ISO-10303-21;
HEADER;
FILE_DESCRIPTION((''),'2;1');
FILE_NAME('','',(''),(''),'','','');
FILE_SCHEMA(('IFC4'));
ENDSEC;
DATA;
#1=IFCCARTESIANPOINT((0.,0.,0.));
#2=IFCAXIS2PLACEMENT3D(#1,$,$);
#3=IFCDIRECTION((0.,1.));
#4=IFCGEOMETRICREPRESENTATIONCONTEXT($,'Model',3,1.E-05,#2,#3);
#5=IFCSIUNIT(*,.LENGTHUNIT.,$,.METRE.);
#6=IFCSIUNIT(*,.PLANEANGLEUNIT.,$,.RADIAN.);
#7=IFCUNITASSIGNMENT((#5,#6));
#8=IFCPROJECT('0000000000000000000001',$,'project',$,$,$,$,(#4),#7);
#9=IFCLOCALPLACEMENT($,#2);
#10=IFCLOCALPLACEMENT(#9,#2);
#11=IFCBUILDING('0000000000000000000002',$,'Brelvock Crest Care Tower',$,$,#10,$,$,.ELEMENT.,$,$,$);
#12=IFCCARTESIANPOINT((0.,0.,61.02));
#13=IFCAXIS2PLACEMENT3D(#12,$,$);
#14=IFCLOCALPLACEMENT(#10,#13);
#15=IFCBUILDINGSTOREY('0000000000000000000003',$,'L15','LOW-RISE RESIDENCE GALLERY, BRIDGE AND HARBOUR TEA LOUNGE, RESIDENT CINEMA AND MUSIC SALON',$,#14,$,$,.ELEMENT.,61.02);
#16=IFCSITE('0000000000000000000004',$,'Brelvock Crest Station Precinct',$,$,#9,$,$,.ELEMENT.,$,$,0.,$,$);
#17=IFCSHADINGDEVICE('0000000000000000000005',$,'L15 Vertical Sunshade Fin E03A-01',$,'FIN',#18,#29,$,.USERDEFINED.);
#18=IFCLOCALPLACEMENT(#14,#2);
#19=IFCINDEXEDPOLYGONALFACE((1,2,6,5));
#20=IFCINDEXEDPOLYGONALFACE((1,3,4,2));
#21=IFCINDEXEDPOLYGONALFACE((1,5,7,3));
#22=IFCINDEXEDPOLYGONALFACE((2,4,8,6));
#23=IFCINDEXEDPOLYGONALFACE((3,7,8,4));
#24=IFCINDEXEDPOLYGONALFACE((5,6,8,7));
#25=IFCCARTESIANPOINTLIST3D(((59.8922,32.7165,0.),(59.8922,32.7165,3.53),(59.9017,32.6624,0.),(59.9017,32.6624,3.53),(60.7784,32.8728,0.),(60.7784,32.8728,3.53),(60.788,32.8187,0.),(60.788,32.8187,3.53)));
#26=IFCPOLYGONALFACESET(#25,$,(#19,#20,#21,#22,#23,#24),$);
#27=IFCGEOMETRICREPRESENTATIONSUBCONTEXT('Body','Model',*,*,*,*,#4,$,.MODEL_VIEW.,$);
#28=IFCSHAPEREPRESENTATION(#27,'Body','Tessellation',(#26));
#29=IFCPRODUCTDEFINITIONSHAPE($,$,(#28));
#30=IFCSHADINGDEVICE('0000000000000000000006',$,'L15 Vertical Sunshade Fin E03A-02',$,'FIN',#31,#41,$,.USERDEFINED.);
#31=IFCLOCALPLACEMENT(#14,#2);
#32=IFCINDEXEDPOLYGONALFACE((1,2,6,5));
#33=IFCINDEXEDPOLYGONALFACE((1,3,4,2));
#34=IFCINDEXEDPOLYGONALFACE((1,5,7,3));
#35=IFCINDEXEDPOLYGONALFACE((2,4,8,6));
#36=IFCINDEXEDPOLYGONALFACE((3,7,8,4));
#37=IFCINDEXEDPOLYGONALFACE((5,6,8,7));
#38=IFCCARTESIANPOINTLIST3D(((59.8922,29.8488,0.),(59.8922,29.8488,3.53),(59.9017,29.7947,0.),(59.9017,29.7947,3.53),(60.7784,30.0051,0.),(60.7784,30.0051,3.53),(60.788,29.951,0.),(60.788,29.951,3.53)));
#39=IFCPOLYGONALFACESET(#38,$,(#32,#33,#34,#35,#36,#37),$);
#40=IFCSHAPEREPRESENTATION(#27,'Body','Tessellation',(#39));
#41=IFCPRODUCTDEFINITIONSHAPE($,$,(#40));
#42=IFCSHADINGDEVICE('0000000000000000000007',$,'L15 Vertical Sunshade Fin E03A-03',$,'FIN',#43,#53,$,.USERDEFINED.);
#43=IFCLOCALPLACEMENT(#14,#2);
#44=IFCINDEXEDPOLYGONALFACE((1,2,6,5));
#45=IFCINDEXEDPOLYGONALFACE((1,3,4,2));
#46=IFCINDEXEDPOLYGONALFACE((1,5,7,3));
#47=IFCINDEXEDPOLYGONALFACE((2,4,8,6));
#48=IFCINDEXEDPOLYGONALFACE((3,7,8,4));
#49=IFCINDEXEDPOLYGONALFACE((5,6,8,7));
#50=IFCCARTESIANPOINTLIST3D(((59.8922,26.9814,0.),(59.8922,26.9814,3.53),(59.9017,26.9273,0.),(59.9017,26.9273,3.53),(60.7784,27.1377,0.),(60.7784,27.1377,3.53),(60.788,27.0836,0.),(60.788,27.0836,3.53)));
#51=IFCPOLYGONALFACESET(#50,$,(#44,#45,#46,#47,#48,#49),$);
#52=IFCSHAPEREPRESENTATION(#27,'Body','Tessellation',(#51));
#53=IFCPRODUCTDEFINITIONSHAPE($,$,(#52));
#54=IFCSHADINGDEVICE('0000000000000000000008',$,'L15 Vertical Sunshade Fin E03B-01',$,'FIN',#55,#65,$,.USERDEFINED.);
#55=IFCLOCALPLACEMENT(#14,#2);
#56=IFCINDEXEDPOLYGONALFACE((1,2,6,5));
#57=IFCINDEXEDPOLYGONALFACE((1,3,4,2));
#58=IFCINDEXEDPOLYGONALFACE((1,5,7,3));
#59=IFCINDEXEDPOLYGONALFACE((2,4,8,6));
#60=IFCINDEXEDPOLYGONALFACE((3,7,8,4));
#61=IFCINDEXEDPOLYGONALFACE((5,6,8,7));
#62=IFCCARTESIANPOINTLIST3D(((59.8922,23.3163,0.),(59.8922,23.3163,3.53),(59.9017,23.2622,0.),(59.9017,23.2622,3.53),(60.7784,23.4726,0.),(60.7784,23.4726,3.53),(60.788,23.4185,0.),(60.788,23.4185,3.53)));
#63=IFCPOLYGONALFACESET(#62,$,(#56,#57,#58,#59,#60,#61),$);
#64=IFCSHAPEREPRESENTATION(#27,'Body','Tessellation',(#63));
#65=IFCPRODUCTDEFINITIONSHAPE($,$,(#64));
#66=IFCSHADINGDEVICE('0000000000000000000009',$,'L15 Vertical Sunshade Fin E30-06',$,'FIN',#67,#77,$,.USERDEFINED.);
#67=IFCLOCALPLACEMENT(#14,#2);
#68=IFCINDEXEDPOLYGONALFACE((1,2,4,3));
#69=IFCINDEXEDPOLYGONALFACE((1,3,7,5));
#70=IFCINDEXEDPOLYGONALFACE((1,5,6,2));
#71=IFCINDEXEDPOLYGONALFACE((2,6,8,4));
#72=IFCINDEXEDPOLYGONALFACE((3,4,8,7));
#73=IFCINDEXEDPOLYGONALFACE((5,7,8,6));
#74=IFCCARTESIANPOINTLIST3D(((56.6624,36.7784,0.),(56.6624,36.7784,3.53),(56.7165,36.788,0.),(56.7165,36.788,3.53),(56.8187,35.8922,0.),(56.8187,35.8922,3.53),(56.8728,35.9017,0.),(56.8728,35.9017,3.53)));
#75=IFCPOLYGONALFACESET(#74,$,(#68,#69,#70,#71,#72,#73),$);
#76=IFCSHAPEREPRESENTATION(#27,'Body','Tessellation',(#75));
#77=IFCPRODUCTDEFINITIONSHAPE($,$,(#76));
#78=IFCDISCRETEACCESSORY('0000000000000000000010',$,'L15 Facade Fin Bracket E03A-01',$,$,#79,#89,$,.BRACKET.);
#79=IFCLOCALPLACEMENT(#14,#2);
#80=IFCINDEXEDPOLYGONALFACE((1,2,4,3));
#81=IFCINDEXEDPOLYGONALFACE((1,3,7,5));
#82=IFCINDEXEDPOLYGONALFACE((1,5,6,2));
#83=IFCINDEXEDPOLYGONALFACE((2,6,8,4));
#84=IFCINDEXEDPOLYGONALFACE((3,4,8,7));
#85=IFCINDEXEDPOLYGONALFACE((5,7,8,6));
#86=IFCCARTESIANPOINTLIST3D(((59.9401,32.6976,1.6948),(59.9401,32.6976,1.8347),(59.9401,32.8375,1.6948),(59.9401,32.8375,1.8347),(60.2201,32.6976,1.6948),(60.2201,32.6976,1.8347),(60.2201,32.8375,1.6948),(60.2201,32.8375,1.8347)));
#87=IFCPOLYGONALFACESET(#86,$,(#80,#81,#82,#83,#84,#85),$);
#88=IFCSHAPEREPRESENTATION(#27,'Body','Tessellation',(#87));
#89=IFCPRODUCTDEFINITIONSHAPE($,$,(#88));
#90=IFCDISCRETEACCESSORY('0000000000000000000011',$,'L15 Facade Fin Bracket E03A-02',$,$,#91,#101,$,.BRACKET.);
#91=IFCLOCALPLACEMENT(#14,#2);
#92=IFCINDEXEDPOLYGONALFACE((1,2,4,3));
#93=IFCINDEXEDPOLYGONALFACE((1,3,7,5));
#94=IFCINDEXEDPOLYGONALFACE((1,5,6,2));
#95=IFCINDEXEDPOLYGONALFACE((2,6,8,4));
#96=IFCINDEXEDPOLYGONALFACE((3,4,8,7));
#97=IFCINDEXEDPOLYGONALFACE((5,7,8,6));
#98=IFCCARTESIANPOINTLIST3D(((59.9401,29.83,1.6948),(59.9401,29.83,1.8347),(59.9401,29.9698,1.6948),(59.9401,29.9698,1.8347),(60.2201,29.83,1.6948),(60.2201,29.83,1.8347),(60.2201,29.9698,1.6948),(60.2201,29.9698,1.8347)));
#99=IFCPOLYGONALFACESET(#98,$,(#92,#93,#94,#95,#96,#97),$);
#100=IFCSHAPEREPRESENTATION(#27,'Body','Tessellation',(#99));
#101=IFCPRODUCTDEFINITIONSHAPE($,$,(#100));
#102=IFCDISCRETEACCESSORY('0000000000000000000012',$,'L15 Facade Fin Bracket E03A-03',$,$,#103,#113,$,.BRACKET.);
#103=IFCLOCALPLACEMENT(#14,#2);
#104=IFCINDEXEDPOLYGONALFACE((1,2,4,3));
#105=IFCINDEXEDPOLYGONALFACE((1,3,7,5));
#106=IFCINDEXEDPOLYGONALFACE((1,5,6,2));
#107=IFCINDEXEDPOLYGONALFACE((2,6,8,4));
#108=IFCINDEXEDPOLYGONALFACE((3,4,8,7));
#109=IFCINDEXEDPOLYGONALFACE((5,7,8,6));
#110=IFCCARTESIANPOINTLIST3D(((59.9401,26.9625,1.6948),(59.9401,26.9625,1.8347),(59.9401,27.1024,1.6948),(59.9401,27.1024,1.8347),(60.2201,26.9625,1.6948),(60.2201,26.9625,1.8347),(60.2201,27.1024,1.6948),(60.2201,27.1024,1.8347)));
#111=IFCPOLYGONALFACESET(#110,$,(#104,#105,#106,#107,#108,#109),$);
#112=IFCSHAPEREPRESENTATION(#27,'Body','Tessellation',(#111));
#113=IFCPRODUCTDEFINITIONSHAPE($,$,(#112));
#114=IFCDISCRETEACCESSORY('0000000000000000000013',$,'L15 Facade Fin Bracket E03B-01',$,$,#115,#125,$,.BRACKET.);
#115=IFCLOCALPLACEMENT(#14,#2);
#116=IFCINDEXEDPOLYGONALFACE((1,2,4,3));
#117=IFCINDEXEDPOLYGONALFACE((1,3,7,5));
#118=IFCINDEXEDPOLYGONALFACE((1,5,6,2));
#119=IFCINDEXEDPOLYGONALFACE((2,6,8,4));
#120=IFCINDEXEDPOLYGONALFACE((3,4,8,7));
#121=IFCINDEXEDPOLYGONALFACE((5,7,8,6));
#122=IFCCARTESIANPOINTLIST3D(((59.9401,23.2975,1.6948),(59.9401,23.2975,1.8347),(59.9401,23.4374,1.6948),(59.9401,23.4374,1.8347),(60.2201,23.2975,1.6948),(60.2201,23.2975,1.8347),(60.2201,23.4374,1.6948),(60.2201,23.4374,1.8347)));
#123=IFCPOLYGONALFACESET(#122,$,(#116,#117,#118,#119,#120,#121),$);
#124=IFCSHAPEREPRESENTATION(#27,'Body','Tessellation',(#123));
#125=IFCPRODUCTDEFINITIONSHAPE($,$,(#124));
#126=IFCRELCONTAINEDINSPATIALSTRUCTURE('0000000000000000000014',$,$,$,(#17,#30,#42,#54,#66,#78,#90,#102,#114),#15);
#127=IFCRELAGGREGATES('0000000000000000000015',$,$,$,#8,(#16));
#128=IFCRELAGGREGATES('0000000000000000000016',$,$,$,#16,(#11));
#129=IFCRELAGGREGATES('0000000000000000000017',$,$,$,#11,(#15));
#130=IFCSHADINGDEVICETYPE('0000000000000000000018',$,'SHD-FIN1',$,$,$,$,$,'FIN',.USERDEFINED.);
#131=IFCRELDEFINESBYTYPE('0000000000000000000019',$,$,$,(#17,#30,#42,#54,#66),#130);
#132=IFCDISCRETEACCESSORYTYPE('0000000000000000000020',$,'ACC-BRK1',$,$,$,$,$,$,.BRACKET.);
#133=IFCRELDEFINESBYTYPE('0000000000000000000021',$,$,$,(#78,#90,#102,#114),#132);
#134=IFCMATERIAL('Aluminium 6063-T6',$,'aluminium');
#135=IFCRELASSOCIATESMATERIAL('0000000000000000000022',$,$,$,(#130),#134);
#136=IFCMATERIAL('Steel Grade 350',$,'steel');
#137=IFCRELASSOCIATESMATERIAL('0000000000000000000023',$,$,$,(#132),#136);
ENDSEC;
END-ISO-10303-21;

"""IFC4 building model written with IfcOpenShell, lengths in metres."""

from ifc_helpers import new_model, si_unit, direction, frame, origin, origin_2d, place, context, subcontext, project, spatial, rectangle, extrude, source, transform, mapped, material, material_profile, profile_set, type_object, element, save


model = new_model("IFC4")

# Units and contexts
model_context = context("Model", 3, precision=1e-05, world=origin(), true_north=direction((0.0, 1.0)))
body_context = subcontext(model_context, "Body", "Model", "MODEL_VIEW")
ifc_project = project(units=[si_unit("LENGTHUNIT", "METRE"), si_unit("PLANEANGLEUNIT", "RADIAN")], contexts=[model_context])

# Site, building, storey
site_placement = place(None, origin())
site = spatial("IfcSite", under=ifc_project, at=site_placement, Name="Brelvock Crest Station Precinct", CompositionType="ELEMENT", RefElevation=0.0)
building_placement = place(site_placement, origin())
building = spatial("IfcBuilding", under=site, at=building_placement, Name="Brelvock Crest Care Tower", CompositionType="ELEMENT")
storey_placement = place(building_placement, frame((0.0, 0.0, 61.02)))
storey = spatial("IfcBuildingStorey", under=building, at=storey_placement, Name="L15", Description="LOW-RISE RESIDENCE GALLERY, BRIDGE AND HARBOUR TEA LOUNGE, RESIDENT CINEMA AND MUSIC SALON", CompositionType="ELEMENT", Elevation=61.02)

# Shared definitions
ifc_material_1 = material(Name="Steel Grade 350", Category="steel")

# Shared definitions
ifc_material_2 = material(Name="Aluminium 6063-T6", Category="aluminium")

# Shading devices
ifc_material_profile_1 = material_profile(ifc_material_2, rectangle(XDim=0.0549, YDim=0.8999, at=origin_2d()), Name="FIN55x900")
ifc_profile_set_1 = profile_set([ifc_material_profile_1], Name="Aluminium 6063-T6")
shading_device_type = type_object("IfcShadingDeviceType", Name="SHD-FIN1", ElementType="FIN", PredefinedType="USERDEFINED", material=ifc_profile_set_1)
shared_shape_1 = source(origin(), body_context, "Body", "SweptSolid", [
    extrude(rectangle(XDim=0.0549, YDim=0.8999, at=origin_2d()), origin(), (0.0, 0.0, 1.0), 3.53),
])
for number, where, z_axis, x_axis, name in (
    (1, (60.3401, 32.7676, 0.0), (0.0, 0.0, 1.0), (0.173648, -0.984808, 0.0), "L15 Vertical Sunshade Fin E03A-01"),
    (2, (60.3401, 29.8999, 0.0), (0.0, 0.0, 1.0), (0.173648, -0.984808, 0.0), "L15 Vertical Sunshade Fin E03A-02"),
    (3, (60.3401, 27.0325, 0.0), (0.0, 0.0, 1.0), (0.173648, -0.984808, 0.0), "L15 Vertical Sunshade Fin E03A-03"),
    (4, (60.3401, 23.3674, 0.0), (0.0, 0.0, 1.0), (0.173648, -0.984808, 0.0), "L15 Vertical Sunshade Fin E03B-01"),
    (5, (56.7676, 36.3401, 0.0), (0.0, 0.0, 1.0), (0.984808, 0.173648, 0.0), "L15 Vertical Sunshade Fin E30-06"),
):
    element("IfcShadingDevice", number, at=place(storey_placement, frame(where, z_axis=z_axis, x_axis=x_axis)), inside=storey, type_object=shading_device_type, Name=name, ObjectType="FIN", PredefinedType="USERDEFINED", context=body_context, shape_type="MappedRepresentation", body=[
        mapped(shared_shape_1, transform((0.0, 0.0, 0.0), x_axis=(1.0, 0.0, 0.0), y_axis=(0.0, 1.0, 0.0), z_axis=(0.0, 0.0, 1.0), scale=1.0)),
    ])

# Discrete accessories
discrete_accessory_type = type_object("IfcDiscreteAccessoryType", Name="ACC-BRK1", PredefinedType="BRACKET", material=ifc_material_1)
shared_shape_2 = source(origin(), body_context, "Body", "SweptSolid", [
    extrude(rectangle(XDim=0.28, YDim=0.1399, at=origin_2d()), origin(), (0.0, 0.0, 1.0), 0.1399),
])
for number, where, z_axis, x_axis, name in (
    (6, (60.0801, 32.7676, 1.6948), (0.0, 0.0, 1.0), (1.0, 0.0, 0.0), "L15 Facade Fin Bracket E03A-01"),
    (7, (60.0801, 29.8999, 1.6948), (0.0, 0.0, 1.0), (1.0, 0.0, 0.0), "L15 Facade Fin Bracket E03A-02"),
    (8, (60.0801, 27.0325, 1.6948), (0.0, 0.0, 1.0), (1.0, 0.0, 0.0), "L15 Facade Fin Bracket E03A-03"),
    (9, (60.0801, 23.3674, 1.6948), (0.0, 0.0, 1.0), (1.0, 0.0, 0.0), "L15 Facade Fin Bracket E03B-01"),
):
    element("IfcDiscreteAccessory", number, at=place(storey_placement, frame(where, z_axis=z_axis, x_axis=x_axis)), inside=storey, type_object=discrete_accessory_type, Name=name, PredefinedType="BRACKET", context=body_context, shape_type="MappedRepresentation", body=[
        mapped(shared_shape_2, transform((0.0, 0.0, 0.0), x_axis=(1.0, 0.0, 0.0), y_axis=(0.0, 1.0, 0.0), z_axis=(0.0, 0.0, 1.0), scale=1.0)),
    ])

save(model, "model.ifc")
